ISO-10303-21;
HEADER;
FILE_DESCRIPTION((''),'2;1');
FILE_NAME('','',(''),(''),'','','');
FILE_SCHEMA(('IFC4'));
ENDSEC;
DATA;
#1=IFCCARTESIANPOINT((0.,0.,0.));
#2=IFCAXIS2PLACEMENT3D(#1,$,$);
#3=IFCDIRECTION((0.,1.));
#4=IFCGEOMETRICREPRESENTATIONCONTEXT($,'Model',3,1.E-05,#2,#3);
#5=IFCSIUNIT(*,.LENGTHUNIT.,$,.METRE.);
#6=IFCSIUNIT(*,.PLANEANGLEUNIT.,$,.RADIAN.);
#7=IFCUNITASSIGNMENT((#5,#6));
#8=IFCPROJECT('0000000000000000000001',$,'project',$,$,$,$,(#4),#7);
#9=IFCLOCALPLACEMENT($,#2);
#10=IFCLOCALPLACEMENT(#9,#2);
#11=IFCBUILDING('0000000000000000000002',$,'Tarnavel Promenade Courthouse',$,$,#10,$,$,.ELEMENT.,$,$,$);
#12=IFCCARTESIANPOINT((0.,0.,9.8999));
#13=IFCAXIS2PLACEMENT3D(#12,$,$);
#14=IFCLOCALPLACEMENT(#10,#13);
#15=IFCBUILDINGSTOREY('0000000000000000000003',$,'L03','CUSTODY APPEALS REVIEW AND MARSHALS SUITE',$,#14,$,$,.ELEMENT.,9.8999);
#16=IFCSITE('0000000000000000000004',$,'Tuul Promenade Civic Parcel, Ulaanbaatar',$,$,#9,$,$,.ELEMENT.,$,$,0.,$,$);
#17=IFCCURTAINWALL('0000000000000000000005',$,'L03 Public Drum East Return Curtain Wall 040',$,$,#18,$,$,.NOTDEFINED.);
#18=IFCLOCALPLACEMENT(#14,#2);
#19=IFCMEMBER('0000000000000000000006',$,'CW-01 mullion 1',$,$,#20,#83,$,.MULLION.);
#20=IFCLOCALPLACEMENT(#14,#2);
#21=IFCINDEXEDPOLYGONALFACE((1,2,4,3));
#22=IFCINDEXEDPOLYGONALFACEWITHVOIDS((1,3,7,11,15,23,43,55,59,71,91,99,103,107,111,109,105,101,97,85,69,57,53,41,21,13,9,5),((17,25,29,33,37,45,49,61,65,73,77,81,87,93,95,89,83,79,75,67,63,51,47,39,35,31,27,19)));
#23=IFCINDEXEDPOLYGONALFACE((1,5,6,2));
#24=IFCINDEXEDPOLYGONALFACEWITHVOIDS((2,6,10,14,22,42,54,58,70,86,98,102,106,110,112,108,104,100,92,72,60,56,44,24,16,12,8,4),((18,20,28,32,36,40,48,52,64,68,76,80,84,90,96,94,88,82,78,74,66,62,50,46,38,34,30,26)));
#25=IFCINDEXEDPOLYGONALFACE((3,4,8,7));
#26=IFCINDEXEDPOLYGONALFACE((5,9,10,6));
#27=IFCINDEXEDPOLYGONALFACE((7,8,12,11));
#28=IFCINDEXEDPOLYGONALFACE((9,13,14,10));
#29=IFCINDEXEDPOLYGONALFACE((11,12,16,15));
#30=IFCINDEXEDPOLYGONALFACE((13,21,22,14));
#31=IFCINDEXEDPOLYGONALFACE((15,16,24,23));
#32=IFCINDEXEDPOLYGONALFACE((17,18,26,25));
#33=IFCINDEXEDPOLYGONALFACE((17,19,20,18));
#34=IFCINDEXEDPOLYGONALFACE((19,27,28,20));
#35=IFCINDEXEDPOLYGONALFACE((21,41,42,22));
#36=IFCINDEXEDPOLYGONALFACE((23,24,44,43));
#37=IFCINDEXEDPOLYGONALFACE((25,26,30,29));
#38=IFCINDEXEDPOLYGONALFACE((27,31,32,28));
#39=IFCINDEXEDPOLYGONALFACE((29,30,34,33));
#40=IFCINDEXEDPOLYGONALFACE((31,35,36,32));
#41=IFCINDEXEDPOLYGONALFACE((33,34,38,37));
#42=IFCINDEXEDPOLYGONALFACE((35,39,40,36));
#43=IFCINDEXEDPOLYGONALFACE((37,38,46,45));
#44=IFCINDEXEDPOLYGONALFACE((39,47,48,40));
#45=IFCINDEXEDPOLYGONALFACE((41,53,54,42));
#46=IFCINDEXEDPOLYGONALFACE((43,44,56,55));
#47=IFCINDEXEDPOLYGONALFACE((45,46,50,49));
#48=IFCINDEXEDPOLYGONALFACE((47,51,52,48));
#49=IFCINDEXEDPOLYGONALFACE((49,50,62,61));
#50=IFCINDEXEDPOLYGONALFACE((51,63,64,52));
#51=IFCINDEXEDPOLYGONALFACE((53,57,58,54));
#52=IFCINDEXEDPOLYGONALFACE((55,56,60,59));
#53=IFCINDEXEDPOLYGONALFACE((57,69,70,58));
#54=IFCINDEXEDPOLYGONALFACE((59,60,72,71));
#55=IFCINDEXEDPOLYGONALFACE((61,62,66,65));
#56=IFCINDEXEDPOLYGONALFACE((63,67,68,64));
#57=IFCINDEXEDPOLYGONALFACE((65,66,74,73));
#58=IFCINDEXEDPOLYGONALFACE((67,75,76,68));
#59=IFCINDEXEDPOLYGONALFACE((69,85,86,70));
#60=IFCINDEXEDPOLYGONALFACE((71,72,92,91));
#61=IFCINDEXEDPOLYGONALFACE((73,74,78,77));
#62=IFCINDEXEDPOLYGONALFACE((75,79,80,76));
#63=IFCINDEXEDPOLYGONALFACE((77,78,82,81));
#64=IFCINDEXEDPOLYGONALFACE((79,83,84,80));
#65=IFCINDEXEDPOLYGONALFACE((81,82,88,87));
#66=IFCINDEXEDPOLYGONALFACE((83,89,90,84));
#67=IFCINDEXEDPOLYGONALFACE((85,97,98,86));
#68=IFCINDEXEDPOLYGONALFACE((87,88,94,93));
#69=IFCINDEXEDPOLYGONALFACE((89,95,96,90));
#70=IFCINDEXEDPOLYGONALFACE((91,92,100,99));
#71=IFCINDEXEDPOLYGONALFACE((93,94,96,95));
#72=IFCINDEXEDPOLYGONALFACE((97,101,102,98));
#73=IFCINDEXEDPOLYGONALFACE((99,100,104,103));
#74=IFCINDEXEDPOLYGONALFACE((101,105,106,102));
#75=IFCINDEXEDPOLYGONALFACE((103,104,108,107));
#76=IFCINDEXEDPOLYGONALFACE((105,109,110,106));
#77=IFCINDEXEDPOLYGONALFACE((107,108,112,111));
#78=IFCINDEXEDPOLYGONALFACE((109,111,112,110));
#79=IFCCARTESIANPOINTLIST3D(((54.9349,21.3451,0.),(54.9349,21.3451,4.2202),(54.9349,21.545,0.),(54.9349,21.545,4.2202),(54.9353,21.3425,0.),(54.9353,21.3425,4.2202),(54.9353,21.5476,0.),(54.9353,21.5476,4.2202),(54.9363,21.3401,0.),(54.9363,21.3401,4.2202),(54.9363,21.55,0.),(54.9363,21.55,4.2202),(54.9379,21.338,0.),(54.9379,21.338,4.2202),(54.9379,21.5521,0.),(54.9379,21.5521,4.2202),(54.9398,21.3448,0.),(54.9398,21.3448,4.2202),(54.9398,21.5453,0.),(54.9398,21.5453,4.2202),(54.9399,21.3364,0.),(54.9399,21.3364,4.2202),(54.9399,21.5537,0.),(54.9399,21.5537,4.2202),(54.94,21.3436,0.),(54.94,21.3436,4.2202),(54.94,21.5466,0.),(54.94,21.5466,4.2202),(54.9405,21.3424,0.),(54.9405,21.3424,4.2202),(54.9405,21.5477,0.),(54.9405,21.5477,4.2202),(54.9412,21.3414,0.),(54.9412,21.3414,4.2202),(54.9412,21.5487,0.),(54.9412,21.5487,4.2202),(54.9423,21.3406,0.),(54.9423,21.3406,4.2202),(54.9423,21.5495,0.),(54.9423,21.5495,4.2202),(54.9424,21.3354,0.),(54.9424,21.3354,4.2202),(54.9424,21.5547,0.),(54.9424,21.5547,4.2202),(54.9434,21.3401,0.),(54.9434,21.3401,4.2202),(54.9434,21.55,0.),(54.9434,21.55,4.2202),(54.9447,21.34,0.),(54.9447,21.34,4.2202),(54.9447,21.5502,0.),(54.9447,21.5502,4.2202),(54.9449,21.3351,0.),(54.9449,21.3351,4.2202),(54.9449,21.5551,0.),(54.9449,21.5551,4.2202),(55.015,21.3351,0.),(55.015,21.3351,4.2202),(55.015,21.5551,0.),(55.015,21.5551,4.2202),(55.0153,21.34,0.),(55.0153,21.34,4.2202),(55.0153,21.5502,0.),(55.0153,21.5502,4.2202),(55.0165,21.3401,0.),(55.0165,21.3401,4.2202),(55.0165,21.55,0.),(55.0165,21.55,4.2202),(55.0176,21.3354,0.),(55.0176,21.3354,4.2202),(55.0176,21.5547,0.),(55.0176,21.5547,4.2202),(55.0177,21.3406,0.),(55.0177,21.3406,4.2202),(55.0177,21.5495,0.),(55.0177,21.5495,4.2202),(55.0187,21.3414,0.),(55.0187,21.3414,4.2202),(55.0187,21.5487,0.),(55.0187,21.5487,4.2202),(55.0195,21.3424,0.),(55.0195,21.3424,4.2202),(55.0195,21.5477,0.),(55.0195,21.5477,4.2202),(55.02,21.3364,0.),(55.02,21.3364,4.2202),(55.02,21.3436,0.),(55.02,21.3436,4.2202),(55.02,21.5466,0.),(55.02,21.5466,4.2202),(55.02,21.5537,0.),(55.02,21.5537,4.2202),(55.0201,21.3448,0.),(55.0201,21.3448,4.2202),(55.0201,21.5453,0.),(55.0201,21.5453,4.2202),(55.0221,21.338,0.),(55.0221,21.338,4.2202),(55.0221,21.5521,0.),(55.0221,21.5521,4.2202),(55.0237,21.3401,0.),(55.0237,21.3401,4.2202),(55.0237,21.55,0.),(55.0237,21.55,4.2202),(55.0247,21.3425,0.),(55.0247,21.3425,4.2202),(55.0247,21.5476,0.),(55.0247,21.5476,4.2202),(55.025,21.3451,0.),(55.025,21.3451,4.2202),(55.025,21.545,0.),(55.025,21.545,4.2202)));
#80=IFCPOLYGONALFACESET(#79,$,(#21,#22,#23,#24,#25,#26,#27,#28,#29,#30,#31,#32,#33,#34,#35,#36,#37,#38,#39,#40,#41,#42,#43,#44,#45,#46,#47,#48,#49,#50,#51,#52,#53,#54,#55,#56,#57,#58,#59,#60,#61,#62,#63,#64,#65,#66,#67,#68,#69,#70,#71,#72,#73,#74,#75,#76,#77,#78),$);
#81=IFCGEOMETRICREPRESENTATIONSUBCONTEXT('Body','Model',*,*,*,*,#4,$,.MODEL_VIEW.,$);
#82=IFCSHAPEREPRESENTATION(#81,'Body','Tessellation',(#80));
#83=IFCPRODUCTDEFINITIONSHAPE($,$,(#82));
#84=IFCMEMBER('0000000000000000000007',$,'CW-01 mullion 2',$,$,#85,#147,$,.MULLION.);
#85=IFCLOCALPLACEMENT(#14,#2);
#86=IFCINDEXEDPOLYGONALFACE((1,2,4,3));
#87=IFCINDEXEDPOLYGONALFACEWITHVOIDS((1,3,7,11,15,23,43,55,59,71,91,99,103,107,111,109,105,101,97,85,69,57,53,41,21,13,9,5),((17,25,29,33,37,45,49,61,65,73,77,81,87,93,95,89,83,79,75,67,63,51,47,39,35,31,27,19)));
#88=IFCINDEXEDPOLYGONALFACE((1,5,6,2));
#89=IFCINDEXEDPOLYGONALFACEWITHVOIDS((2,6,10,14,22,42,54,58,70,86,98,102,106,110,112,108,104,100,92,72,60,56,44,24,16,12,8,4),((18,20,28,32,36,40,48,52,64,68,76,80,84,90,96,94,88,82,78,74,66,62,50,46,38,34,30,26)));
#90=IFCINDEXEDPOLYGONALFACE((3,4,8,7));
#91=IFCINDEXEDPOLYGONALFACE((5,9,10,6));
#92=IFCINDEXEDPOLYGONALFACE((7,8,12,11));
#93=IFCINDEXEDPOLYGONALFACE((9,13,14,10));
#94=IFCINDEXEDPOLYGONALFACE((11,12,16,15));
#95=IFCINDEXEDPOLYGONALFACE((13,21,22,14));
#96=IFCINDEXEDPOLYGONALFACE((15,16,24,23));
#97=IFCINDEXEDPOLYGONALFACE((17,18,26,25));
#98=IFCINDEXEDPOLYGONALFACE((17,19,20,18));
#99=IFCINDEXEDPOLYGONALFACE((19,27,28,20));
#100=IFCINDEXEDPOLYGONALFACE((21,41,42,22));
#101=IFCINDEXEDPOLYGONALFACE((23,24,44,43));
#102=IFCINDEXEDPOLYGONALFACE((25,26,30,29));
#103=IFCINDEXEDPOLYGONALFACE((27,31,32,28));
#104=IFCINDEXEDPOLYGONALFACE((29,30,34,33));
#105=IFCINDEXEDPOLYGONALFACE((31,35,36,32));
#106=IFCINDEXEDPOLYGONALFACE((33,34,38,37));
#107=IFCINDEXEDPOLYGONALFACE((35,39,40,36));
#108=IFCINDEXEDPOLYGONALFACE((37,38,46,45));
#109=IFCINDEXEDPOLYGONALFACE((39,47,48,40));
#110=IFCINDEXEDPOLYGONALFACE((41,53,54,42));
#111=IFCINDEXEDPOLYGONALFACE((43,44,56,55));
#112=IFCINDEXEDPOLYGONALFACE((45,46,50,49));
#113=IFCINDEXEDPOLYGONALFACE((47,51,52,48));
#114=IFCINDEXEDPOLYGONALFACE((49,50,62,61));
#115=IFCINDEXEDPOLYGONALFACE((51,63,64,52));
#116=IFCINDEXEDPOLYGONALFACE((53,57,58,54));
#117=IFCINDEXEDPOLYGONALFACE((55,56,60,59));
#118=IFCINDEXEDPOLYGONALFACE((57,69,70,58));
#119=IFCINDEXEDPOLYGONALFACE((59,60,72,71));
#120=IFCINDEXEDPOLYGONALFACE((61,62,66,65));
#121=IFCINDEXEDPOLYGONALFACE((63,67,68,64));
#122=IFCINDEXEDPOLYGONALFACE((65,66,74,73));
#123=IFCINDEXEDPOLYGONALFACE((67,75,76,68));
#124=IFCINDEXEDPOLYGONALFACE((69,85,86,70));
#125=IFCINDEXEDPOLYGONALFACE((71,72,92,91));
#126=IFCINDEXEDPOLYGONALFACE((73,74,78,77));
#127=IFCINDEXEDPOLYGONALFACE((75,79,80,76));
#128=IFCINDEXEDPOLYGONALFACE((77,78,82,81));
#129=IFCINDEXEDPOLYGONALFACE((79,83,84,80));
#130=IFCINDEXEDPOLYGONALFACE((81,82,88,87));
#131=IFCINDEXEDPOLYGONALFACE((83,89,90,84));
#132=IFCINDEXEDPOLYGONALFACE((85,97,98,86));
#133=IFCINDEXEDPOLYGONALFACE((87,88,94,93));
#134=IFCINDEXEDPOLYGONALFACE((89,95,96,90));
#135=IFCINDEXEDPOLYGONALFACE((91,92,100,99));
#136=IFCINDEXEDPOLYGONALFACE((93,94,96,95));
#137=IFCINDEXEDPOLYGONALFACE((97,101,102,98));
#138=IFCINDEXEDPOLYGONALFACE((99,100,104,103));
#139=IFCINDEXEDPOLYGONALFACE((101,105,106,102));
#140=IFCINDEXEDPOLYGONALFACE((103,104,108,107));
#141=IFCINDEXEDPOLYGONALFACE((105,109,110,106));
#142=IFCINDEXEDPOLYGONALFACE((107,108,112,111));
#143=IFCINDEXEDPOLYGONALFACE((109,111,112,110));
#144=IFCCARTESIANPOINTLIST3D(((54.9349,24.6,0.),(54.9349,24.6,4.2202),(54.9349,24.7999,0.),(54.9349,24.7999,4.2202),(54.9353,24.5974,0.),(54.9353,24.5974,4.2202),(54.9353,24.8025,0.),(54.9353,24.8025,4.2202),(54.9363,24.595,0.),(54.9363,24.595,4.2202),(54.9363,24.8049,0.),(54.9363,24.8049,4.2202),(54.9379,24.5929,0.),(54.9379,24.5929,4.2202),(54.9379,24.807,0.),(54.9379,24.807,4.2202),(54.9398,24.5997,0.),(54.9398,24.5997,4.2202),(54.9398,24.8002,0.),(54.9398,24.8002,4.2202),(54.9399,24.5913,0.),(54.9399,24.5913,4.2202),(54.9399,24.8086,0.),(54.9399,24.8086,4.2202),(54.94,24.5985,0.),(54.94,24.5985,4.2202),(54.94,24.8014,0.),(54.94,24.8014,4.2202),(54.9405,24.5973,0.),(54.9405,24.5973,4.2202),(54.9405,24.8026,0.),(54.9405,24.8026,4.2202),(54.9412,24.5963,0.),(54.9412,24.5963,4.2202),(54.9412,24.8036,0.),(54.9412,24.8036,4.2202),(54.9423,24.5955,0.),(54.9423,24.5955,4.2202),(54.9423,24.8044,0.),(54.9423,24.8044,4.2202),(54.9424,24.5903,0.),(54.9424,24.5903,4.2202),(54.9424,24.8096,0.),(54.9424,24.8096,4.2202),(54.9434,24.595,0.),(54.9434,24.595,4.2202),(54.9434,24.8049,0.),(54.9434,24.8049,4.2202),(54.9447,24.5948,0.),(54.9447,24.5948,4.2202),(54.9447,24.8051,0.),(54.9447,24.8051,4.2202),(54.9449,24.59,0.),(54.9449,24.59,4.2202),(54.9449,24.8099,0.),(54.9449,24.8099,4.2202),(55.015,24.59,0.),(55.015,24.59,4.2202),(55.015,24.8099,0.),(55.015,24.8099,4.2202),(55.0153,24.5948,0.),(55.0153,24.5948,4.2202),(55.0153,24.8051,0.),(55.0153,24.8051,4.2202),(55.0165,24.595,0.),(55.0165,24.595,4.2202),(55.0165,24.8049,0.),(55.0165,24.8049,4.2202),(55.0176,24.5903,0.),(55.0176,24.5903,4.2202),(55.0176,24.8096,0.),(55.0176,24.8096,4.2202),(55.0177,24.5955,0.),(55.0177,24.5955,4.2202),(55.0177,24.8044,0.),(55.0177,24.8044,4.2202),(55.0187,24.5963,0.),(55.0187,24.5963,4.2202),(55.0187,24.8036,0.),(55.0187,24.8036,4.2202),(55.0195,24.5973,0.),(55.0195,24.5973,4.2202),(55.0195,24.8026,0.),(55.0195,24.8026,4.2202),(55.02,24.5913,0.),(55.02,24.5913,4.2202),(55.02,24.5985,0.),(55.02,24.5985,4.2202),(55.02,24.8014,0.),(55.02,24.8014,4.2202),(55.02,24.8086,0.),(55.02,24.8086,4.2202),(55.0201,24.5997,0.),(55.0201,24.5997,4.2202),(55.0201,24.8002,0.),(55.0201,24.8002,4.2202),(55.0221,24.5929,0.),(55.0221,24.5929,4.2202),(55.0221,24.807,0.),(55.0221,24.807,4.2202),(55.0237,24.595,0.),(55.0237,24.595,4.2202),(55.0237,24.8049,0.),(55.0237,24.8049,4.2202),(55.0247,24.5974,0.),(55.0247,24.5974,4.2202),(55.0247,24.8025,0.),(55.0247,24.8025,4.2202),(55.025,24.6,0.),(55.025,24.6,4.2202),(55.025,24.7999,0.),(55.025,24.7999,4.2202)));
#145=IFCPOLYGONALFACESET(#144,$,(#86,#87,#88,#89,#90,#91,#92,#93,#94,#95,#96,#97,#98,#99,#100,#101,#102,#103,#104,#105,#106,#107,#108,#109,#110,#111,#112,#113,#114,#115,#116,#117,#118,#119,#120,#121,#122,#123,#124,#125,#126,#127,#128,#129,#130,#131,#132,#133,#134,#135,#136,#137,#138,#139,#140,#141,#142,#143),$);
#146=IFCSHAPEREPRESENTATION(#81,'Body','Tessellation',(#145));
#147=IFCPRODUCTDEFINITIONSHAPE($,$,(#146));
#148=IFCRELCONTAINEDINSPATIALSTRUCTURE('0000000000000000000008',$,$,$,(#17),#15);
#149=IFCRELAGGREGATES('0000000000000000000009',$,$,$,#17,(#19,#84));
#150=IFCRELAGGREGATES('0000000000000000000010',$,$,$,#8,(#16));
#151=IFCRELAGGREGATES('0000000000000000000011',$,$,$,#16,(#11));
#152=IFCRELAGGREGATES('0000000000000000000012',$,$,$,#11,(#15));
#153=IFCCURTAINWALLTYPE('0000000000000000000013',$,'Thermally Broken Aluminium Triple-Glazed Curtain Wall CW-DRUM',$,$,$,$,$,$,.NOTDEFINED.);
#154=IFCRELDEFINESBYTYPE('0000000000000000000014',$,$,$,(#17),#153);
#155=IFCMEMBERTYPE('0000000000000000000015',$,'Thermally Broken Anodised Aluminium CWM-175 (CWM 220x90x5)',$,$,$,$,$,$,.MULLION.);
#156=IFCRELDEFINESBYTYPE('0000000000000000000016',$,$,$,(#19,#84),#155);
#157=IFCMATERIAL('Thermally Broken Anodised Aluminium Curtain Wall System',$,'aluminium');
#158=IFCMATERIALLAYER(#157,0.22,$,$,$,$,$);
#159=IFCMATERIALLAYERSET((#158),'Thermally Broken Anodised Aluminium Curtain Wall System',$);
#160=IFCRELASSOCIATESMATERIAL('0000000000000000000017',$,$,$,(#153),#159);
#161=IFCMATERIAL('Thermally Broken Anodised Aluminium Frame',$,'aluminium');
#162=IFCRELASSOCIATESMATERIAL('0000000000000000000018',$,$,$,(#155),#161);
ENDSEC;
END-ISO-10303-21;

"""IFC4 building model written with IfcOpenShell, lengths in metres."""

from ifc_helpers import new_model, si_unit, direction, frame, origin, origin_2d, place, context, subcontext, project, spatial, hollow_rectangle, extrude, material, layer, layer_set, material_profile, profile_set, type_object, element, aggregate, save


model = new_model("IFC4")

# Units and contexts
model_context = context("Model", 3, precision=1e-05, world=origin(), true_north=direction((0.0, 1.0)))
body_context = subcontext(model_context, "Body", "Model", "MODEL_VIEW")
ifc_project = project(units=[si_unit("LENGTHUNIT", "METRE"), si_unit("PLANEANGLEUNIT", "RADIAN")], contexts=[model_context])

# Site, building, storey
site_placement = place(None, origin())
site = spatial("IfcSite", under=ifc_project, at=site_placement, Name="Tuul Promenade Civic Parcel, Ulaanbaatar", CompositionType="ELEMENT", RefElevation=0.0)
building_placement = place(site_placement, origin())
building = spatial("IfcBuilding", under=site, at=building_placement, Name="Tarnavel Promenade Courthouse", CompositionType="ELEMENT")
storey_placement = place(building_placement, frame((0.0, 0.0, 9.8999)))
storey = spatial("IfcBuildingStorey", under=building, at=storey_placement, Name="L03", Description="CUSTODY APPEALS REVIEW AND MARSHALS SUITE", CompositionType="ELEMENT", Elevation=9.8999)

# Curtain wall, members
ifc_material_1 = material(Name="Thermally Broken Anodised Aluminium Curtain Wall System", Category="aluminium")
ifc_layer_1 = layer(ifc_material_1, 0.22)
ifc_layer_set_1 = layer_set([ifc_layer_1], Name="Thermally Broken Anodised Aluminium Curtain Wall System")
curtain_wall_type = type_object("IfcCurtainWallType", Name="Thermally Broken Aluminium Triple-Glazed Curtain Wall CW-DRUM", PredefinedType="NOTDEFINED", material=ifc_layer_set_1)
ifc_material_2 = material(Name="Thermally Broken Anodised Aluminium Frame", Category="aluminium")
ifc_material_profile_1 = material_profile(ifc_material_2, hollow_rectangle(XDim=0.0901, YDim=0.22, WallThickness=0.0049, InnerFilletRadius=0.0049, OuterFilletRadius=0.01, at=origin_2d()), Name="CWM 220x90x5")
ifc_profile_set_1 = profile_set([ifc_material_profile_1], Name="Thermally Broken Anodised Aluminium Frame")
member_type_1 = type_object("IfcMemberType", Name="Thermally Broken Anodised Aluminium CWM-175 (CWM 220x90x5)", PredefinedType="MULLION", material=ifc_profile_set_1)
curtain_wall_1_placement = place(storey_placement, origin())
curtain_wall_1 = element("IfcCurtainWall", 1, at=curtain_wall_1_placement, inside=storey, type_object=curtain_wall_type, Name="L03 Public Drum East Return Curtain Wall 040", PredefinedType="NOTDEFINED")
member_1_placement = place(storey_placement, frame((54.98, 21.4451, 0.0), z_axis=(0.0, 0.0, 1.0), x_axis=(-1.0, 0.0, 0.0)))
member_1 = element("IfcMember", 2, at=member_1_placement, type_object=member_type_1, Name="CW-01 mullion 1", PredefinedType="MULLION", context=body_context, shape_type="SweptSolid", body=[
    extrude(hollow_rectangle(XDim=0.0901, YDim=0.22, WallThickness=0.0049, InnerFilletRadius=0.0049, OuterFilletRadius=0.01, at=origin_2d()), origin(), (0.0, 0.0, 1.0), 4.2202),
])
member_2_placement = place(storey_placement, frame((54.98, 24.7, 0.0), z_axis=(0.0, 0.0, 1.0), x_axis=(-1.0, 0.0, 0.0)))
member_2 = element("IfcMember", 3, at=member_2_placement, type_object=member_type_1, Name="CW-01 mullion 2", PredefinedType="MULLION", context=body_context, shape_type="SweptSolid", body=[
    extrude(hollow_rectangle(XDim=0.0901, YDim=0.22, WallThickness=0.0049, InnerFilletRadius=0.0049, OuterFilletRadius=0.01, at=origin_2d()), origin(), (0.0, 0.0, 1.0), 4.2202),
])

aggregate(curtain_wall_1, [member_1, member_2])

save(model, "model.ifc")
